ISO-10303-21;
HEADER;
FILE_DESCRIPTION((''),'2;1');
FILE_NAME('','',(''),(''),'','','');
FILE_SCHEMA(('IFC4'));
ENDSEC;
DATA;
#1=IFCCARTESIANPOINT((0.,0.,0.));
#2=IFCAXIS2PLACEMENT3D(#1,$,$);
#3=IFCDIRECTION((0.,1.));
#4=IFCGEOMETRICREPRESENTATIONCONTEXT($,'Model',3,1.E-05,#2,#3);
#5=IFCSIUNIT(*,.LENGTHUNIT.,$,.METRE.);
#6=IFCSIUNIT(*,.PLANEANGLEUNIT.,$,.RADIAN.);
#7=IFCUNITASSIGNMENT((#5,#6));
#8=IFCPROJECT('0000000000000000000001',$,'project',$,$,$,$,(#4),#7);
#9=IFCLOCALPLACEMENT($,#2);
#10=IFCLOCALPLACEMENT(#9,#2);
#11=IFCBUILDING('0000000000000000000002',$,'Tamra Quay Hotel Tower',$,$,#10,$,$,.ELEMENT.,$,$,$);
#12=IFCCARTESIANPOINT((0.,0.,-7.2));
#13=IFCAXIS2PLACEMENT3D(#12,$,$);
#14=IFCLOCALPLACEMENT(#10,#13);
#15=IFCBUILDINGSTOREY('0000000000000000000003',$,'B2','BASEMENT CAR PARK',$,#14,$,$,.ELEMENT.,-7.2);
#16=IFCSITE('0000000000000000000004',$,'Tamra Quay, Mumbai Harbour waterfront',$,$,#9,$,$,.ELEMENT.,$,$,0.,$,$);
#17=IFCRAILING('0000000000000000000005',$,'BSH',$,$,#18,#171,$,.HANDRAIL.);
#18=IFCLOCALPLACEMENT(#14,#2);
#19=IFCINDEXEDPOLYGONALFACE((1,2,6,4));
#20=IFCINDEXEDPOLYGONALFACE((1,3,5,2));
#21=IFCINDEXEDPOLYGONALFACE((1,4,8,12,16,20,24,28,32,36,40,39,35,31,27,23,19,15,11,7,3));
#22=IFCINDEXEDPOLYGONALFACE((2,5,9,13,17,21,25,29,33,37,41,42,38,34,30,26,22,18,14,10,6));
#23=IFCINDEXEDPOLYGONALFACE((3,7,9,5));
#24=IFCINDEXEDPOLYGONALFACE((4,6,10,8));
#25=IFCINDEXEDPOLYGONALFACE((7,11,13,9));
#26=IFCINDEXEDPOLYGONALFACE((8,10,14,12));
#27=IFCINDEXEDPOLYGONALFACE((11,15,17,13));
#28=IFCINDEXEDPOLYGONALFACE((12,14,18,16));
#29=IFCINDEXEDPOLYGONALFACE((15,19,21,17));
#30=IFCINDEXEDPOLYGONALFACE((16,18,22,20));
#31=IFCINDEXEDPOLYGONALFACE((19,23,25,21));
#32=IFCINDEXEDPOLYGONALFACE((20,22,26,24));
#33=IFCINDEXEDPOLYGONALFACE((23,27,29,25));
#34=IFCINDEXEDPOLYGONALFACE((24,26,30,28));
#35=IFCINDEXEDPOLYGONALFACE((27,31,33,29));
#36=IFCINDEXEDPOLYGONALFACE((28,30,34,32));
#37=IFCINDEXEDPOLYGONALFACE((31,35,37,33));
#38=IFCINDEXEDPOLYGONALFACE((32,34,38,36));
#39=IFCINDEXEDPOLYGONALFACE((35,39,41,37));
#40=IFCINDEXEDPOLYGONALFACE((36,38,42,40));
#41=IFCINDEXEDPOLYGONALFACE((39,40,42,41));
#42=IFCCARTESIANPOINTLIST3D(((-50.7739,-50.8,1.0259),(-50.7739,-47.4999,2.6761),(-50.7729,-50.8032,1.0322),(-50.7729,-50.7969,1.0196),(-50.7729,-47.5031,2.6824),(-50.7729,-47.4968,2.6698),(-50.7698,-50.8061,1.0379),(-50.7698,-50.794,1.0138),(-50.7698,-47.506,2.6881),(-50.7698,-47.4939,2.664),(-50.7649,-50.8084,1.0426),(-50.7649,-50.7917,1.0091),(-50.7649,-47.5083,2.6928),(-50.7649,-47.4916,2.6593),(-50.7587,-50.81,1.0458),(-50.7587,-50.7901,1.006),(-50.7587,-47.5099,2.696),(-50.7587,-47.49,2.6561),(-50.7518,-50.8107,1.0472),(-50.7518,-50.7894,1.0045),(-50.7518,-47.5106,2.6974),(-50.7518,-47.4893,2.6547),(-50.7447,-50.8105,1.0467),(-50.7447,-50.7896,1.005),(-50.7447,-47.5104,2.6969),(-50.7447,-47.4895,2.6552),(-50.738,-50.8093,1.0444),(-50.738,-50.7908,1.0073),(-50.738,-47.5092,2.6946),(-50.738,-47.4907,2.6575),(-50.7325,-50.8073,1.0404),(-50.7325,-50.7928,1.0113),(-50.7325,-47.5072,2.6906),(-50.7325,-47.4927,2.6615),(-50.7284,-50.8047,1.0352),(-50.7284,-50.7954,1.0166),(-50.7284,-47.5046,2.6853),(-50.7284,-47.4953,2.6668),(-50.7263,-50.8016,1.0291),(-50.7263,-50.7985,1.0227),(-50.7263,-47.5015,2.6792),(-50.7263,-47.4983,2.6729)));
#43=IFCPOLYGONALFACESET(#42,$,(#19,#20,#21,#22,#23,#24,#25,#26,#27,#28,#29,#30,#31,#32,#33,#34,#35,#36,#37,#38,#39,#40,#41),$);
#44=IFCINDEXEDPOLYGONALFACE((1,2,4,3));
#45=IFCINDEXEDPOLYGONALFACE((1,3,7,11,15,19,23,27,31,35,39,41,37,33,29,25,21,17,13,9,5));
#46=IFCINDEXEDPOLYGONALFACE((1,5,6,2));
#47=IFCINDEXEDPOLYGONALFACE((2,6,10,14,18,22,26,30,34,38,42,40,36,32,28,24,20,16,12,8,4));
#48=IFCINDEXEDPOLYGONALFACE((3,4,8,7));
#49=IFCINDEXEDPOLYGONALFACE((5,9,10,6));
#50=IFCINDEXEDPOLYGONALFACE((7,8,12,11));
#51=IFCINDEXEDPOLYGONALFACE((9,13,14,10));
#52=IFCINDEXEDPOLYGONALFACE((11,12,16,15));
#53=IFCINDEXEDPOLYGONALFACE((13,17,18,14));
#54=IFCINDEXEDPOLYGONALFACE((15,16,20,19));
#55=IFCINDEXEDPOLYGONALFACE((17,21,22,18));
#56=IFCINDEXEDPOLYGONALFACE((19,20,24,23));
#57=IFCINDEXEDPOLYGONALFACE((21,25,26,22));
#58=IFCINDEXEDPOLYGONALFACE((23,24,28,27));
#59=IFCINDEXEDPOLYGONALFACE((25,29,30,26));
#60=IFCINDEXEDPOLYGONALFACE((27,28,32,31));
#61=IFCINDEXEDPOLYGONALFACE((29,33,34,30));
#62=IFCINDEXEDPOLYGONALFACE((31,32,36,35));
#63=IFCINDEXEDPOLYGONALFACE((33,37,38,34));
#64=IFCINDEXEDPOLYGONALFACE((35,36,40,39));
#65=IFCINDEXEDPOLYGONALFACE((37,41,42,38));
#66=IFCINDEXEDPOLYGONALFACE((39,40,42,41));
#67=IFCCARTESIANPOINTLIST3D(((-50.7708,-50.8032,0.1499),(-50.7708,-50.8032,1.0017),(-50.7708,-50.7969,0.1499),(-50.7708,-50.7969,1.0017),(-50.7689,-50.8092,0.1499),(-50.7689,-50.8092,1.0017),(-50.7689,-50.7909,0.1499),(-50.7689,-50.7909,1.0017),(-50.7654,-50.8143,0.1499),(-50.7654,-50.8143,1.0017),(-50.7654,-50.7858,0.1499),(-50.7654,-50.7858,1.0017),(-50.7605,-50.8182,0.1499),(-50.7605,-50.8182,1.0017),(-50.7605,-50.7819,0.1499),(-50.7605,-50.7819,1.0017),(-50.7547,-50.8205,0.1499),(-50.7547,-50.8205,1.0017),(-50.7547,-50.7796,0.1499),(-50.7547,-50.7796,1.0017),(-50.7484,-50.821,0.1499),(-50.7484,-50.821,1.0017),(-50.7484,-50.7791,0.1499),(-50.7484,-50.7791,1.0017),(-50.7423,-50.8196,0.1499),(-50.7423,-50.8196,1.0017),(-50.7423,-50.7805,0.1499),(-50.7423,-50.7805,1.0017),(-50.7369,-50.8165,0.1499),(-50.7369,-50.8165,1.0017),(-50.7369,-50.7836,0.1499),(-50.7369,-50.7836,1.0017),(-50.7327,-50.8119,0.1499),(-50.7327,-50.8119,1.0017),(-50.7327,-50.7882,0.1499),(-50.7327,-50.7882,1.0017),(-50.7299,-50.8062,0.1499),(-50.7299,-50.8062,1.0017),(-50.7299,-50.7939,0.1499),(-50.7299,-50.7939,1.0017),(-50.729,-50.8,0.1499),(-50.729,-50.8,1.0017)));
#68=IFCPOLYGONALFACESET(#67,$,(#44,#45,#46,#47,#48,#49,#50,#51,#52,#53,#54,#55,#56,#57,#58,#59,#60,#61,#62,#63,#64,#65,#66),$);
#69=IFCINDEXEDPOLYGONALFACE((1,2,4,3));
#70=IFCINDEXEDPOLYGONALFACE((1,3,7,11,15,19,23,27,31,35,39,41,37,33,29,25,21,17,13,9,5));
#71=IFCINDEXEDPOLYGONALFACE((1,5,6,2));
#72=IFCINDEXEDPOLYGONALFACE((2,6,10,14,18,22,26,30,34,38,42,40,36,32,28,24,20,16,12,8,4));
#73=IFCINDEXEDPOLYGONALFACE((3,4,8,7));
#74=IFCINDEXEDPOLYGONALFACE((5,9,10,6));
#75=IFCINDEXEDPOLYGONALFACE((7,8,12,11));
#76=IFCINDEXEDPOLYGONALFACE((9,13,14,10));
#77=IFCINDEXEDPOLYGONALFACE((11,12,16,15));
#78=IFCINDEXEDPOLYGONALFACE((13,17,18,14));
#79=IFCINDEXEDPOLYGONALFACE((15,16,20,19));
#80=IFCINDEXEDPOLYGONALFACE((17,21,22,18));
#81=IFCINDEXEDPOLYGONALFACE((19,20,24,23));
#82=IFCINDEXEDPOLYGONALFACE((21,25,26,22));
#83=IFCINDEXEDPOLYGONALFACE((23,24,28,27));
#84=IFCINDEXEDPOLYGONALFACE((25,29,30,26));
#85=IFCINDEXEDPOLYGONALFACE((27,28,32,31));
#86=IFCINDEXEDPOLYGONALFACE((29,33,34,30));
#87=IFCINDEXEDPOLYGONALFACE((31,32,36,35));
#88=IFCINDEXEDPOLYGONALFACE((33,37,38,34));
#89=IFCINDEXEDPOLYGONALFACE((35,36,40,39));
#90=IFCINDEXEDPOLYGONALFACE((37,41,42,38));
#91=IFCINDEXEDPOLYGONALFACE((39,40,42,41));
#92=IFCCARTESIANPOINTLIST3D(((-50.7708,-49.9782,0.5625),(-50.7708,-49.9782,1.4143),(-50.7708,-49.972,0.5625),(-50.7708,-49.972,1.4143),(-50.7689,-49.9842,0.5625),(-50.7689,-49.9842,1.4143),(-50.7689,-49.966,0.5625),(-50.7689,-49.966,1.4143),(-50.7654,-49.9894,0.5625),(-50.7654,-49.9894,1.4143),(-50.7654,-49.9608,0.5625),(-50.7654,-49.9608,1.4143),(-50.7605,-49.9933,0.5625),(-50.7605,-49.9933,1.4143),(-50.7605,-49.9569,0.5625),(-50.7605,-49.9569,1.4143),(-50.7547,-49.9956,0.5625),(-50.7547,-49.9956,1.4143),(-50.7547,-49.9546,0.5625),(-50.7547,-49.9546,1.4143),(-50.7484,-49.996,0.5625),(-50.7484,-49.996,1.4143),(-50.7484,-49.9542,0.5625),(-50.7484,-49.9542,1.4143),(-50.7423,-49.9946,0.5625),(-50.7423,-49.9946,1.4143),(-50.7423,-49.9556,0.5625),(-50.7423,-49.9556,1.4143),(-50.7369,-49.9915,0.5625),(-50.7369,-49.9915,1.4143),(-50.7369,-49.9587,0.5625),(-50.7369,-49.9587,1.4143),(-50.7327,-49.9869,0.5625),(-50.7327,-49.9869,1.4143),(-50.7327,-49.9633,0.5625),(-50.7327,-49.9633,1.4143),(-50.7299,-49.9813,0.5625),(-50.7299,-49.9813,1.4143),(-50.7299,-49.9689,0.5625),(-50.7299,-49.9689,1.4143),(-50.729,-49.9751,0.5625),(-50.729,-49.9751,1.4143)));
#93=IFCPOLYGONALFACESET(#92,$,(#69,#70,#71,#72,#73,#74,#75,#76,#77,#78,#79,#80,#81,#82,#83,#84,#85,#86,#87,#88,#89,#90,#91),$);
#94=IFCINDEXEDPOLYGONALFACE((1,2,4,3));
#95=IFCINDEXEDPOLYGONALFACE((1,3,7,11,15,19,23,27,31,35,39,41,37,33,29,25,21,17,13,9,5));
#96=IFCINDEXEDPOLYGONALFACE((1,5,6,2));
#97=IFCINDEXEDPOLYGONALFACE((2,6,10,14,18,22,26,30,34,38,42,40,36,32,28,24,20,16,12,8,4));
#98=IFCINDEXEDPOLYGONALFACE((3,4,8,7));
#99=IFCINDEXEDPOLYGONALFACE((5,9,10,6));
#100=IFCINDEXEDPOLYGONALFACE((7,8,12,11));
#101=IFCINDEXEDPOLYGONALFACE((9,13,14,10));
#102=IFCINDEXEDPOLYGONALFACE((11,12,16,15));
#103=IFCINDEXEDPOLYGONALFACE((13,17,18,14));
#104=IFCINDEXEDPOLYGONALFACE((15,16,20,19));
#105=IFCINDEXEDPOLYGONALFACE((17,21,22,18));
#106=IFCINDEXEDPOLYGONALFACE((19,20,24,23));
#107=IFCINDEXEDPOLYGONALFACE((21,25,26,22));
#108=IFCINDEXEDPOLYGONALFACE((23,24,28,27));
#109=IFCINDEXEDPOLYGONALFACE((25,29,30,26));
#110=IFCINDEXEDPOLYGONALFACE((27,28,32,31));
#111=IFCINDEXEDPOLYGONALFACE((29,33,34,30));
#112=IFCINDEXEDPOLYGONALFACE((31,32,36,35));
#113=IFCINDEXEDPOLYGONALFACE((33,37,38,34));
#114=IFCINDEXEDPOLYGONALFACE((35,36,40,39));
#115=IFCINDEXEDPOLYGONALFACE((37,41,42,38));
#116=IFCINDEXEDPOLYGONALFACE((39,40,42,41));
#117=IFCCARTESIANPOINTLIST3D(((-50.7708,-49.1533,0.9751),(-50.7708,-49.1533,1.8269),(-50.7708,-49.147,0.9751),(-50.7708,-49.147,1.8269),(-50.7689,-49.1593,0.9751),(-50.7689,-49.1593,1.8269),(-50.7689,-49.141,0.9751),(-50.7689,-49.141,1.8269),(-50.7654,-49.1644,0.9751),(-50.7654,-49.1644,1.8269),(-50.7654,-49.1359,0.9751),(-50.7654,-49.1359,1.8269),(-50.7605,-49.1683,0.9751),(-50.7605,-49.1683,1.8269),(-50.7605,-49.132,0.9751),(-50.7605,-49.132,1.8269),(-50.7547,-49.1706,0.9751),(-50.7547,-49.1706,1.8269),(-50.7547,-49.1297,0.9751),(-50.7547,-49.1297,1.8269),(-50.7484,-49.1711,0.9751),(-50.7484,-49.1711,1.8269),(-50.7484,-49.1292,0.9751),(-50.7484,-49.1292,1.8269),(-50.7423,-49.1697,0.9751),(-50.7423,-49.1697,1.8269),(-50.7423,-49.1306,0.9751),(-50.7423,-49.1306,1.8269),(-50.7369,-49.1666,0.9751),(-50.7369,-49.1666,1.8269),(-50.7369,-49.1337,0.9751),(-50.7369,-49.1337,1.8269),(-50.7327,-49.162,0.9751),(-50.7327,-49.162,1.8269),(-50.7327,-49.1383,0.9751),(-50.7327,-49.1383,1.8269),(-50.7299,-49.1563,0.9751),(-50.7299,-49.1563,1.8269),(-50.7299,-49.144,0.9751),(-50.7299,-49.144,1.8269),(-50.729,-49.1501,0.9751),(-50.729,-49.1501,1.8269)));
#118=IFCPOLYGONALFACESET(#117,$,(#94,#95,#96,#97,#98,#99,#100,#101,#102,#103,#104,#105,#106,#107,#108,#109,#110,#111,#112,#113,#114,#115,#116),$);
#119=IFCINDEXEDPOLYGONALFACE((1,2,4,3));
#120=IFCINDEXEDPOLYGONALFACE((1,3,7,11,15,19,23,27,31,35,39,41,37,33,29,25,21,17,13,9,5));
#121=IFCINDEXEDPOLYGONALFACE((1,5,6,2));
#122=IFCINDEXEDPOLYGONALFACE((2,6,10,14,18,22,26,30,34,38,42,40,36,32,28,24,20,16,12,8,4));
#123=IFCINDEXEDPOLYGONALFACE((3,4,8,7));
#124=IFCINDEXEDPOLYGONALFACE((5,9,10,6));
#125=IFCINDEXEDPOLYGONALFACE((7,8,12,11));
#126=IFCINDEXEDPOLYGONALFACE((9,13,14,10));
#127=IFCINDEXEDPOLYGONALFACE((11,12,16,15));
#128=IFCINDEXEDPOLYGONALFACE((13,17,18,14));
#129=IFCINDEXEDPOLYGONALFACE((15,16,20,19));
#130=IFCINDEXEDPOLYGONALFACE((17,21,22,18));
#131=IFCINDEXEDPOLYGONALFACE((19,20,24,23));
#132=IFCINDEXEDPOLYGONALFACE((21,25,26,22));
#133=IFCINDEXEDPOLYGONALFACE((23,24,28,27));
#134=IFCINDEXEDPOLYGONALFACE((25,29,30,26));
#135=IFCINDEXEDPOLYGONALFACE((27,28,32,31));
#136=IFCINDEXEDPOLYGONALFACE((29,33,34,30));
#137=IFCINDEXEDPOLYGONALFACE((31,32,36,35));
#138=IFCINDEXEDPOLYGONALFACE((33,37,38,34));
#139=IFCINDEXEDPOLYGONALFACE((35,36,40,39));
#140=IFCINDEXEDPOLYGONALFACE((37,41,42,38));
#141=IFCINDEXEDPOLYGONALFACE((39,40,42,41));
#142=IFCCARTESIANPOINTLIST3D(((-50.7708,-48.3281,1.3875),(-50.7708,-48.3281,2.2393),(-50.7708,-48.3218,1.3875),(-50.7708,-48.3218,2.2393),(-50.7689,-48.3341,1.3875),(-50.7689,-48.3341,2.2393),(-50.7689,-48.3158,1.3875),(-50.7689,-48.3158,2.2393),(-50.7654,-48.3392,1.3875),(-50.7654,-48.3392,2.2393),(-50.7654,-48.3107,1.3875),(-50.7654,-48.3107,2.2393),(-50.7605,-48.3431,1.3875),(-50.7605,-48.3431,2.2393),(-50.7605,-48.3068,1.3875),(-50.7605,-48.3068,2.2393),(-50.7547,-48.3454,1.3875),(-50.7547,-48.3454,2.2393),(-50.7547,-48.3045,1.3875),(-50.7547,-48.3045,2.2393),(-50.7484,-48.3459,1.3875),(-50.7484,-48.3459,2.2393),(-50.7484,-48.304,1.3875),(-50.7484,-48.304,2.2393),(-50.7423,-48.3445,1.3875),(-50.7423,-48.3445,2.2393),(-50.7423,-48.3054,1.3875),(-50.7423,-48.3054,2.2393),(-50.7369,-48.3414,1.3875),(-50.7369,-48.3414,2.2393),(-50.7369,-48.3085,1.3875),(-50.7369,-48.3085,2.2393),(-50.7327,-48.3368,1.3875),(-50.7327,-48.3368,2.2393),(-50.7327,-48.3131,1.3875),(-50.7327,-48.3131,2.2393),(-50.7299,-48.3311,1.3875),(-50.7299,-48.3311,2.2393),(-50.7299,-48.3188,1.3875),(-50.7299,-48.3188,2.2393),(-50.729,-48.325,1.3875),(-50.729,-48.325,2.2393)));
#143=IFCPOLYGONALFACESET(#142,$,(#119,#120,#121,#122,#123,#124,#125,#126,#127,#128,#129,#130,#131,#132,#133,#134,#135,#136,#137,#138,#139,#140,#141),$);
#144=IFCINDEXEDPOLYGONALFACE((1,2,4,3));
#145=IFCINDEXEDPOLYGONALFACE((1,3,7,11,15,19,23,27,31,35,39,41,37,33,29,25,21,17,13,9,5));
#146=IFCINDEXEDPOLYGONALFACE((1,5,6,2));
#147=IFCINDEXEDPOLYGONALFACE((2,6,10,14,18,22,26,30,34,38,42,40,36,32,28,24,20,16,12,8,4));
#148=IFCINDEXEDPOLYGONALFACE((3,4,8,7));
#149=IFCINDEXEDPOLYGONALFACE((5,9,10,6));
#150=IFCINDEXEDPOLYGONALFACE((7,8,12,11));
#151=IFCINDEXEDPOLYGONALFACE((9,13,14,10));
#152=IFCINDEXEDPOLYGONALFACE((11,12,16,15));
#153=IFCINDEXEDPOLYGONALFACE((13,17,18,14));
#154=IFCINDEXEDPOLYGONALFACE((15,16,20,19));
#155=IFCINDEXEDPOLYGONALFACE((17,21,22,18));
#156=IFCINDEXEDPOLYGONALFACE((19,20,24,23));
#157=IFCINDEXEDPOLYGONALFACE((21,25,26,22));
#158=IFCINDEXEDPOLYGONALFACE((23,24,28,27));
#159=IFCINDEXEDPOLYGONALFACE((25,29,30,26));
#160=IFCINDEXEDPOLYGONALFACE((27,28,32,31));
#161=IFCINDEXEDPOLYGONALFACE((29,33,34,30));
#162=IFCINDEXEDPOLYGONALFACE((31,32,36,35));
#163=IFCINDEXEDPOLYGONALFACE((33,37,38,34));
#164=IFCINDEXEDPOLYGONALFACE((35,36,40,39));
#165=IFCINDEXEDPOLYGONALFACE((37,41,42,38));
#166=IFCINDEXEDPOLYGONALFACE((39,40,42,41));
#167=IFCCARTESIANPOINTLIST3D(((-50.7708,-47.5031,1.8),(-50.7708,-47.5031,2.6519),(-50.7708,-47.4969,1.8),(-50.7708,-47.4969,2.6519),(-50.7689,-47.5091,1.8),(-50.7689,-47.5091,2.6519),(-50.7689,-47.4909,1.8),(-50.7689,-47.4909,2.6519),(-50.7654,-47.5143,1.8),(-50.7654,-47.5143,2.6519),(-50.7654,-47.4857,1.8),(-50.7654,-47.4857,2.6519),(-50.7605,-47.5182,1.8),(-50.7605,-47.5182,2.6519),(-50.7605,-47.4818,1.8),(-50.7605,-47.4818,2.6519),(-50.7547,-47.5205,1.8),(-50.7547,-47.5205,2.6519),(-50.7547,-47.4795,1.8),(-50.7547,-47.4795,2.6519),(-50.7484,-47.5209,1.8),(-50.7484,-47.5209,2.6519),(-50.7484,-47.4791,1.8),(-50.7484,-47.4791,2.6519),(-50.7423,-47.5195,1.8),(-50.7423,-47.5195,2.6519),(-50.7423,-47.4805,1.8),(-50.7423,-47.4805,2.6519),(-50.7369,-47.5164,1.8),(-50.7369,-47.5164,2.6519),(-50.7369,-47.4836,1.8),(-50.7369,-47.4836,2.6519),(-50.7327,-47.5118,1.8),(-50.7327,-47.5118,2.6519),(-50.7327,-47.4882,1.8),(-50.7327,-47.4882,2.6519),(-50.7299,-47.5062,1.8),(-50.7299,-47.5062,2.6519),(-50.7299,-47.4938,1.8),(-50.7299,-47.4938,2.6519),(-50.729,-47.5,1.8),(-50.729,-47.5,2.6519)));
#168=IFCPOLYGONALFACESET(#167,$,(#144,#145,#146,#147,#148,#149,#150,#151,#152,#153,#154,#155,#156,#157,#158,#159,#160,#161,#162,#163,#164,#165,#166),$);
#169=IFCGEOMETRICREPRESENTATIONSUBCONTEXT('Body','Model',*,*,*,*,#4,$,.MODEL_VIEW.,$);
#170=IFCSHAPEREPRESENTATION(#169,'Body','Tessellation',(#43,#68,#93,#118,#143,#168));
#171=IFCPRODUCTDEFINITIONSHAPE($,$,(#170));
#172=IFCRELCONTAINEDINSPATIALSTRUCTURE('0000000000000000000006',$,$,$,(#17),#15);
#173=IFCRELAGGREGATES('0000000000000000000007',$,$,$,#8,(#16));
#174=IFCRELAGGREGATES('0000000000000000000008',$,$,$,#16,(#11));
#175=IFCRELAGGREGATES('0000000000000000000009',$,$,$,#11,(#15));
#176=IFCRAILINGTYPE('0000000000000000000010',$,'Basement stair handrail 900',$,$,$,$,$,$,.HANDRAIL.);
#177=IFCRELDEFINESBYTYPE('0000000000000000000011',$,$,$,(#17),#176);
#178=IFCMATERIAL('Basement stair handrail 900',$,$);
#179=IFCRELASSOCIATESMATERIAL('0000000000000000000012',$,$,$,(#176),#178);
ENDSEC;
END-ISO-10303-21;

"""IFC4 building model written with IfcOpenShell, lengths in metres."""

from ifc_helpers import new_model, si_unit, direction, frame, origin, origin_2d, place, context, subcontext, project, spatial, circle, extrude, material, type_object, element, save


model = new_model("IFC4")

# Units and contexts
model_context = context("Model", 3, precision=1e-05, world=origin(), true_north=direction((0.0, 1.0)))
body_context = subcontext(model_context, "Body", "Model", "MODEL_VIEW")
ifc_project = project(units=[si_unit("LENGTHUNIT", "METRE"), si_unit("PLANEANGLEUNIT", "RADIAN")], contexts=[model_context])

# Site, building, storey
site_placement = place(None, origin())
site = spatial("IfcSite", under=ifc_project, at=site_placement, Name="Tamra Quay, Mumbai Harbour waterfront", CompositionType="ELEMENT", RefElevation=0.0)
building_placement = place(site_placement, origin())
building = spatial("IfcBuilding", under=site, at=building_placement, Name="Tamra Quay Hotel Tower", CompositionType="ELEMENT")
storey_placement = place(building_placement, frame((0.0, 0.0, -7.2)))
storey = spatial("IfcBuildingStorey", under=building, at=storey_placement, Name="B2", Description="BASEMENT CAR PARK", CompositionType="ELEMENT", Elevation=-7.2)

# Railing
ifc_material_1 = material(Name="Basement stair handrail 900")
railing_type_1 = type_object("IfcRailingType", Name="Basement stair handrail 900", PredefinedType="HANDRAIL", material=ifc_material_1)
railing_1_placement = place(storey_placement, frame((-50.75, -50.8, 0.1499)))
element("IfcRailing", 1, at=railing_1_placement, inside=storey, type_object=railing_type_1, Name="BSH", PredefinedType="HANDRAIL", context=body_context, shape_type="SweptSolid", body=[
    extrude(circle(Radius=0.0239, at=origin_2d()), frame((0.0, 0.0, 0.876), z_axis=(0.0, 0.894414, 0.44724), x_axis=(-1.0, 0.0, 0.0)), (0.0, 0.0, 1.0), 3.6897),
    extrude(circle(Radius=0.021, at=origin_2d()), origin(), (0.0, 0.0, 1.0), 0.8518),
    extrude(circle(Radius=0.021, at=origin_2d()), frame((0.0, 0.825, 0.4126)), (0.0, 0.0, 1.0), 0.8518),
    extrude(circle(Radius=0.021, at=origin_2d()), frame((0.0, 1.6499, 0.8252)), (0.0, 0.0, 1.0), 0.8518),
    extrude(circle(Radius=0.021, at=origin_2d()), frame((0.0, 2.4751, 1.2375)), (0.0, 0.0, 1.0), 0.8518),
    extrude(circle(Radius=0.021, at=origin_2d()), frame((0.0, 3.3, 1.6501)), (0.0, 0.0, 1.0), 0.8518),
])

save(model, "model.ifc")
